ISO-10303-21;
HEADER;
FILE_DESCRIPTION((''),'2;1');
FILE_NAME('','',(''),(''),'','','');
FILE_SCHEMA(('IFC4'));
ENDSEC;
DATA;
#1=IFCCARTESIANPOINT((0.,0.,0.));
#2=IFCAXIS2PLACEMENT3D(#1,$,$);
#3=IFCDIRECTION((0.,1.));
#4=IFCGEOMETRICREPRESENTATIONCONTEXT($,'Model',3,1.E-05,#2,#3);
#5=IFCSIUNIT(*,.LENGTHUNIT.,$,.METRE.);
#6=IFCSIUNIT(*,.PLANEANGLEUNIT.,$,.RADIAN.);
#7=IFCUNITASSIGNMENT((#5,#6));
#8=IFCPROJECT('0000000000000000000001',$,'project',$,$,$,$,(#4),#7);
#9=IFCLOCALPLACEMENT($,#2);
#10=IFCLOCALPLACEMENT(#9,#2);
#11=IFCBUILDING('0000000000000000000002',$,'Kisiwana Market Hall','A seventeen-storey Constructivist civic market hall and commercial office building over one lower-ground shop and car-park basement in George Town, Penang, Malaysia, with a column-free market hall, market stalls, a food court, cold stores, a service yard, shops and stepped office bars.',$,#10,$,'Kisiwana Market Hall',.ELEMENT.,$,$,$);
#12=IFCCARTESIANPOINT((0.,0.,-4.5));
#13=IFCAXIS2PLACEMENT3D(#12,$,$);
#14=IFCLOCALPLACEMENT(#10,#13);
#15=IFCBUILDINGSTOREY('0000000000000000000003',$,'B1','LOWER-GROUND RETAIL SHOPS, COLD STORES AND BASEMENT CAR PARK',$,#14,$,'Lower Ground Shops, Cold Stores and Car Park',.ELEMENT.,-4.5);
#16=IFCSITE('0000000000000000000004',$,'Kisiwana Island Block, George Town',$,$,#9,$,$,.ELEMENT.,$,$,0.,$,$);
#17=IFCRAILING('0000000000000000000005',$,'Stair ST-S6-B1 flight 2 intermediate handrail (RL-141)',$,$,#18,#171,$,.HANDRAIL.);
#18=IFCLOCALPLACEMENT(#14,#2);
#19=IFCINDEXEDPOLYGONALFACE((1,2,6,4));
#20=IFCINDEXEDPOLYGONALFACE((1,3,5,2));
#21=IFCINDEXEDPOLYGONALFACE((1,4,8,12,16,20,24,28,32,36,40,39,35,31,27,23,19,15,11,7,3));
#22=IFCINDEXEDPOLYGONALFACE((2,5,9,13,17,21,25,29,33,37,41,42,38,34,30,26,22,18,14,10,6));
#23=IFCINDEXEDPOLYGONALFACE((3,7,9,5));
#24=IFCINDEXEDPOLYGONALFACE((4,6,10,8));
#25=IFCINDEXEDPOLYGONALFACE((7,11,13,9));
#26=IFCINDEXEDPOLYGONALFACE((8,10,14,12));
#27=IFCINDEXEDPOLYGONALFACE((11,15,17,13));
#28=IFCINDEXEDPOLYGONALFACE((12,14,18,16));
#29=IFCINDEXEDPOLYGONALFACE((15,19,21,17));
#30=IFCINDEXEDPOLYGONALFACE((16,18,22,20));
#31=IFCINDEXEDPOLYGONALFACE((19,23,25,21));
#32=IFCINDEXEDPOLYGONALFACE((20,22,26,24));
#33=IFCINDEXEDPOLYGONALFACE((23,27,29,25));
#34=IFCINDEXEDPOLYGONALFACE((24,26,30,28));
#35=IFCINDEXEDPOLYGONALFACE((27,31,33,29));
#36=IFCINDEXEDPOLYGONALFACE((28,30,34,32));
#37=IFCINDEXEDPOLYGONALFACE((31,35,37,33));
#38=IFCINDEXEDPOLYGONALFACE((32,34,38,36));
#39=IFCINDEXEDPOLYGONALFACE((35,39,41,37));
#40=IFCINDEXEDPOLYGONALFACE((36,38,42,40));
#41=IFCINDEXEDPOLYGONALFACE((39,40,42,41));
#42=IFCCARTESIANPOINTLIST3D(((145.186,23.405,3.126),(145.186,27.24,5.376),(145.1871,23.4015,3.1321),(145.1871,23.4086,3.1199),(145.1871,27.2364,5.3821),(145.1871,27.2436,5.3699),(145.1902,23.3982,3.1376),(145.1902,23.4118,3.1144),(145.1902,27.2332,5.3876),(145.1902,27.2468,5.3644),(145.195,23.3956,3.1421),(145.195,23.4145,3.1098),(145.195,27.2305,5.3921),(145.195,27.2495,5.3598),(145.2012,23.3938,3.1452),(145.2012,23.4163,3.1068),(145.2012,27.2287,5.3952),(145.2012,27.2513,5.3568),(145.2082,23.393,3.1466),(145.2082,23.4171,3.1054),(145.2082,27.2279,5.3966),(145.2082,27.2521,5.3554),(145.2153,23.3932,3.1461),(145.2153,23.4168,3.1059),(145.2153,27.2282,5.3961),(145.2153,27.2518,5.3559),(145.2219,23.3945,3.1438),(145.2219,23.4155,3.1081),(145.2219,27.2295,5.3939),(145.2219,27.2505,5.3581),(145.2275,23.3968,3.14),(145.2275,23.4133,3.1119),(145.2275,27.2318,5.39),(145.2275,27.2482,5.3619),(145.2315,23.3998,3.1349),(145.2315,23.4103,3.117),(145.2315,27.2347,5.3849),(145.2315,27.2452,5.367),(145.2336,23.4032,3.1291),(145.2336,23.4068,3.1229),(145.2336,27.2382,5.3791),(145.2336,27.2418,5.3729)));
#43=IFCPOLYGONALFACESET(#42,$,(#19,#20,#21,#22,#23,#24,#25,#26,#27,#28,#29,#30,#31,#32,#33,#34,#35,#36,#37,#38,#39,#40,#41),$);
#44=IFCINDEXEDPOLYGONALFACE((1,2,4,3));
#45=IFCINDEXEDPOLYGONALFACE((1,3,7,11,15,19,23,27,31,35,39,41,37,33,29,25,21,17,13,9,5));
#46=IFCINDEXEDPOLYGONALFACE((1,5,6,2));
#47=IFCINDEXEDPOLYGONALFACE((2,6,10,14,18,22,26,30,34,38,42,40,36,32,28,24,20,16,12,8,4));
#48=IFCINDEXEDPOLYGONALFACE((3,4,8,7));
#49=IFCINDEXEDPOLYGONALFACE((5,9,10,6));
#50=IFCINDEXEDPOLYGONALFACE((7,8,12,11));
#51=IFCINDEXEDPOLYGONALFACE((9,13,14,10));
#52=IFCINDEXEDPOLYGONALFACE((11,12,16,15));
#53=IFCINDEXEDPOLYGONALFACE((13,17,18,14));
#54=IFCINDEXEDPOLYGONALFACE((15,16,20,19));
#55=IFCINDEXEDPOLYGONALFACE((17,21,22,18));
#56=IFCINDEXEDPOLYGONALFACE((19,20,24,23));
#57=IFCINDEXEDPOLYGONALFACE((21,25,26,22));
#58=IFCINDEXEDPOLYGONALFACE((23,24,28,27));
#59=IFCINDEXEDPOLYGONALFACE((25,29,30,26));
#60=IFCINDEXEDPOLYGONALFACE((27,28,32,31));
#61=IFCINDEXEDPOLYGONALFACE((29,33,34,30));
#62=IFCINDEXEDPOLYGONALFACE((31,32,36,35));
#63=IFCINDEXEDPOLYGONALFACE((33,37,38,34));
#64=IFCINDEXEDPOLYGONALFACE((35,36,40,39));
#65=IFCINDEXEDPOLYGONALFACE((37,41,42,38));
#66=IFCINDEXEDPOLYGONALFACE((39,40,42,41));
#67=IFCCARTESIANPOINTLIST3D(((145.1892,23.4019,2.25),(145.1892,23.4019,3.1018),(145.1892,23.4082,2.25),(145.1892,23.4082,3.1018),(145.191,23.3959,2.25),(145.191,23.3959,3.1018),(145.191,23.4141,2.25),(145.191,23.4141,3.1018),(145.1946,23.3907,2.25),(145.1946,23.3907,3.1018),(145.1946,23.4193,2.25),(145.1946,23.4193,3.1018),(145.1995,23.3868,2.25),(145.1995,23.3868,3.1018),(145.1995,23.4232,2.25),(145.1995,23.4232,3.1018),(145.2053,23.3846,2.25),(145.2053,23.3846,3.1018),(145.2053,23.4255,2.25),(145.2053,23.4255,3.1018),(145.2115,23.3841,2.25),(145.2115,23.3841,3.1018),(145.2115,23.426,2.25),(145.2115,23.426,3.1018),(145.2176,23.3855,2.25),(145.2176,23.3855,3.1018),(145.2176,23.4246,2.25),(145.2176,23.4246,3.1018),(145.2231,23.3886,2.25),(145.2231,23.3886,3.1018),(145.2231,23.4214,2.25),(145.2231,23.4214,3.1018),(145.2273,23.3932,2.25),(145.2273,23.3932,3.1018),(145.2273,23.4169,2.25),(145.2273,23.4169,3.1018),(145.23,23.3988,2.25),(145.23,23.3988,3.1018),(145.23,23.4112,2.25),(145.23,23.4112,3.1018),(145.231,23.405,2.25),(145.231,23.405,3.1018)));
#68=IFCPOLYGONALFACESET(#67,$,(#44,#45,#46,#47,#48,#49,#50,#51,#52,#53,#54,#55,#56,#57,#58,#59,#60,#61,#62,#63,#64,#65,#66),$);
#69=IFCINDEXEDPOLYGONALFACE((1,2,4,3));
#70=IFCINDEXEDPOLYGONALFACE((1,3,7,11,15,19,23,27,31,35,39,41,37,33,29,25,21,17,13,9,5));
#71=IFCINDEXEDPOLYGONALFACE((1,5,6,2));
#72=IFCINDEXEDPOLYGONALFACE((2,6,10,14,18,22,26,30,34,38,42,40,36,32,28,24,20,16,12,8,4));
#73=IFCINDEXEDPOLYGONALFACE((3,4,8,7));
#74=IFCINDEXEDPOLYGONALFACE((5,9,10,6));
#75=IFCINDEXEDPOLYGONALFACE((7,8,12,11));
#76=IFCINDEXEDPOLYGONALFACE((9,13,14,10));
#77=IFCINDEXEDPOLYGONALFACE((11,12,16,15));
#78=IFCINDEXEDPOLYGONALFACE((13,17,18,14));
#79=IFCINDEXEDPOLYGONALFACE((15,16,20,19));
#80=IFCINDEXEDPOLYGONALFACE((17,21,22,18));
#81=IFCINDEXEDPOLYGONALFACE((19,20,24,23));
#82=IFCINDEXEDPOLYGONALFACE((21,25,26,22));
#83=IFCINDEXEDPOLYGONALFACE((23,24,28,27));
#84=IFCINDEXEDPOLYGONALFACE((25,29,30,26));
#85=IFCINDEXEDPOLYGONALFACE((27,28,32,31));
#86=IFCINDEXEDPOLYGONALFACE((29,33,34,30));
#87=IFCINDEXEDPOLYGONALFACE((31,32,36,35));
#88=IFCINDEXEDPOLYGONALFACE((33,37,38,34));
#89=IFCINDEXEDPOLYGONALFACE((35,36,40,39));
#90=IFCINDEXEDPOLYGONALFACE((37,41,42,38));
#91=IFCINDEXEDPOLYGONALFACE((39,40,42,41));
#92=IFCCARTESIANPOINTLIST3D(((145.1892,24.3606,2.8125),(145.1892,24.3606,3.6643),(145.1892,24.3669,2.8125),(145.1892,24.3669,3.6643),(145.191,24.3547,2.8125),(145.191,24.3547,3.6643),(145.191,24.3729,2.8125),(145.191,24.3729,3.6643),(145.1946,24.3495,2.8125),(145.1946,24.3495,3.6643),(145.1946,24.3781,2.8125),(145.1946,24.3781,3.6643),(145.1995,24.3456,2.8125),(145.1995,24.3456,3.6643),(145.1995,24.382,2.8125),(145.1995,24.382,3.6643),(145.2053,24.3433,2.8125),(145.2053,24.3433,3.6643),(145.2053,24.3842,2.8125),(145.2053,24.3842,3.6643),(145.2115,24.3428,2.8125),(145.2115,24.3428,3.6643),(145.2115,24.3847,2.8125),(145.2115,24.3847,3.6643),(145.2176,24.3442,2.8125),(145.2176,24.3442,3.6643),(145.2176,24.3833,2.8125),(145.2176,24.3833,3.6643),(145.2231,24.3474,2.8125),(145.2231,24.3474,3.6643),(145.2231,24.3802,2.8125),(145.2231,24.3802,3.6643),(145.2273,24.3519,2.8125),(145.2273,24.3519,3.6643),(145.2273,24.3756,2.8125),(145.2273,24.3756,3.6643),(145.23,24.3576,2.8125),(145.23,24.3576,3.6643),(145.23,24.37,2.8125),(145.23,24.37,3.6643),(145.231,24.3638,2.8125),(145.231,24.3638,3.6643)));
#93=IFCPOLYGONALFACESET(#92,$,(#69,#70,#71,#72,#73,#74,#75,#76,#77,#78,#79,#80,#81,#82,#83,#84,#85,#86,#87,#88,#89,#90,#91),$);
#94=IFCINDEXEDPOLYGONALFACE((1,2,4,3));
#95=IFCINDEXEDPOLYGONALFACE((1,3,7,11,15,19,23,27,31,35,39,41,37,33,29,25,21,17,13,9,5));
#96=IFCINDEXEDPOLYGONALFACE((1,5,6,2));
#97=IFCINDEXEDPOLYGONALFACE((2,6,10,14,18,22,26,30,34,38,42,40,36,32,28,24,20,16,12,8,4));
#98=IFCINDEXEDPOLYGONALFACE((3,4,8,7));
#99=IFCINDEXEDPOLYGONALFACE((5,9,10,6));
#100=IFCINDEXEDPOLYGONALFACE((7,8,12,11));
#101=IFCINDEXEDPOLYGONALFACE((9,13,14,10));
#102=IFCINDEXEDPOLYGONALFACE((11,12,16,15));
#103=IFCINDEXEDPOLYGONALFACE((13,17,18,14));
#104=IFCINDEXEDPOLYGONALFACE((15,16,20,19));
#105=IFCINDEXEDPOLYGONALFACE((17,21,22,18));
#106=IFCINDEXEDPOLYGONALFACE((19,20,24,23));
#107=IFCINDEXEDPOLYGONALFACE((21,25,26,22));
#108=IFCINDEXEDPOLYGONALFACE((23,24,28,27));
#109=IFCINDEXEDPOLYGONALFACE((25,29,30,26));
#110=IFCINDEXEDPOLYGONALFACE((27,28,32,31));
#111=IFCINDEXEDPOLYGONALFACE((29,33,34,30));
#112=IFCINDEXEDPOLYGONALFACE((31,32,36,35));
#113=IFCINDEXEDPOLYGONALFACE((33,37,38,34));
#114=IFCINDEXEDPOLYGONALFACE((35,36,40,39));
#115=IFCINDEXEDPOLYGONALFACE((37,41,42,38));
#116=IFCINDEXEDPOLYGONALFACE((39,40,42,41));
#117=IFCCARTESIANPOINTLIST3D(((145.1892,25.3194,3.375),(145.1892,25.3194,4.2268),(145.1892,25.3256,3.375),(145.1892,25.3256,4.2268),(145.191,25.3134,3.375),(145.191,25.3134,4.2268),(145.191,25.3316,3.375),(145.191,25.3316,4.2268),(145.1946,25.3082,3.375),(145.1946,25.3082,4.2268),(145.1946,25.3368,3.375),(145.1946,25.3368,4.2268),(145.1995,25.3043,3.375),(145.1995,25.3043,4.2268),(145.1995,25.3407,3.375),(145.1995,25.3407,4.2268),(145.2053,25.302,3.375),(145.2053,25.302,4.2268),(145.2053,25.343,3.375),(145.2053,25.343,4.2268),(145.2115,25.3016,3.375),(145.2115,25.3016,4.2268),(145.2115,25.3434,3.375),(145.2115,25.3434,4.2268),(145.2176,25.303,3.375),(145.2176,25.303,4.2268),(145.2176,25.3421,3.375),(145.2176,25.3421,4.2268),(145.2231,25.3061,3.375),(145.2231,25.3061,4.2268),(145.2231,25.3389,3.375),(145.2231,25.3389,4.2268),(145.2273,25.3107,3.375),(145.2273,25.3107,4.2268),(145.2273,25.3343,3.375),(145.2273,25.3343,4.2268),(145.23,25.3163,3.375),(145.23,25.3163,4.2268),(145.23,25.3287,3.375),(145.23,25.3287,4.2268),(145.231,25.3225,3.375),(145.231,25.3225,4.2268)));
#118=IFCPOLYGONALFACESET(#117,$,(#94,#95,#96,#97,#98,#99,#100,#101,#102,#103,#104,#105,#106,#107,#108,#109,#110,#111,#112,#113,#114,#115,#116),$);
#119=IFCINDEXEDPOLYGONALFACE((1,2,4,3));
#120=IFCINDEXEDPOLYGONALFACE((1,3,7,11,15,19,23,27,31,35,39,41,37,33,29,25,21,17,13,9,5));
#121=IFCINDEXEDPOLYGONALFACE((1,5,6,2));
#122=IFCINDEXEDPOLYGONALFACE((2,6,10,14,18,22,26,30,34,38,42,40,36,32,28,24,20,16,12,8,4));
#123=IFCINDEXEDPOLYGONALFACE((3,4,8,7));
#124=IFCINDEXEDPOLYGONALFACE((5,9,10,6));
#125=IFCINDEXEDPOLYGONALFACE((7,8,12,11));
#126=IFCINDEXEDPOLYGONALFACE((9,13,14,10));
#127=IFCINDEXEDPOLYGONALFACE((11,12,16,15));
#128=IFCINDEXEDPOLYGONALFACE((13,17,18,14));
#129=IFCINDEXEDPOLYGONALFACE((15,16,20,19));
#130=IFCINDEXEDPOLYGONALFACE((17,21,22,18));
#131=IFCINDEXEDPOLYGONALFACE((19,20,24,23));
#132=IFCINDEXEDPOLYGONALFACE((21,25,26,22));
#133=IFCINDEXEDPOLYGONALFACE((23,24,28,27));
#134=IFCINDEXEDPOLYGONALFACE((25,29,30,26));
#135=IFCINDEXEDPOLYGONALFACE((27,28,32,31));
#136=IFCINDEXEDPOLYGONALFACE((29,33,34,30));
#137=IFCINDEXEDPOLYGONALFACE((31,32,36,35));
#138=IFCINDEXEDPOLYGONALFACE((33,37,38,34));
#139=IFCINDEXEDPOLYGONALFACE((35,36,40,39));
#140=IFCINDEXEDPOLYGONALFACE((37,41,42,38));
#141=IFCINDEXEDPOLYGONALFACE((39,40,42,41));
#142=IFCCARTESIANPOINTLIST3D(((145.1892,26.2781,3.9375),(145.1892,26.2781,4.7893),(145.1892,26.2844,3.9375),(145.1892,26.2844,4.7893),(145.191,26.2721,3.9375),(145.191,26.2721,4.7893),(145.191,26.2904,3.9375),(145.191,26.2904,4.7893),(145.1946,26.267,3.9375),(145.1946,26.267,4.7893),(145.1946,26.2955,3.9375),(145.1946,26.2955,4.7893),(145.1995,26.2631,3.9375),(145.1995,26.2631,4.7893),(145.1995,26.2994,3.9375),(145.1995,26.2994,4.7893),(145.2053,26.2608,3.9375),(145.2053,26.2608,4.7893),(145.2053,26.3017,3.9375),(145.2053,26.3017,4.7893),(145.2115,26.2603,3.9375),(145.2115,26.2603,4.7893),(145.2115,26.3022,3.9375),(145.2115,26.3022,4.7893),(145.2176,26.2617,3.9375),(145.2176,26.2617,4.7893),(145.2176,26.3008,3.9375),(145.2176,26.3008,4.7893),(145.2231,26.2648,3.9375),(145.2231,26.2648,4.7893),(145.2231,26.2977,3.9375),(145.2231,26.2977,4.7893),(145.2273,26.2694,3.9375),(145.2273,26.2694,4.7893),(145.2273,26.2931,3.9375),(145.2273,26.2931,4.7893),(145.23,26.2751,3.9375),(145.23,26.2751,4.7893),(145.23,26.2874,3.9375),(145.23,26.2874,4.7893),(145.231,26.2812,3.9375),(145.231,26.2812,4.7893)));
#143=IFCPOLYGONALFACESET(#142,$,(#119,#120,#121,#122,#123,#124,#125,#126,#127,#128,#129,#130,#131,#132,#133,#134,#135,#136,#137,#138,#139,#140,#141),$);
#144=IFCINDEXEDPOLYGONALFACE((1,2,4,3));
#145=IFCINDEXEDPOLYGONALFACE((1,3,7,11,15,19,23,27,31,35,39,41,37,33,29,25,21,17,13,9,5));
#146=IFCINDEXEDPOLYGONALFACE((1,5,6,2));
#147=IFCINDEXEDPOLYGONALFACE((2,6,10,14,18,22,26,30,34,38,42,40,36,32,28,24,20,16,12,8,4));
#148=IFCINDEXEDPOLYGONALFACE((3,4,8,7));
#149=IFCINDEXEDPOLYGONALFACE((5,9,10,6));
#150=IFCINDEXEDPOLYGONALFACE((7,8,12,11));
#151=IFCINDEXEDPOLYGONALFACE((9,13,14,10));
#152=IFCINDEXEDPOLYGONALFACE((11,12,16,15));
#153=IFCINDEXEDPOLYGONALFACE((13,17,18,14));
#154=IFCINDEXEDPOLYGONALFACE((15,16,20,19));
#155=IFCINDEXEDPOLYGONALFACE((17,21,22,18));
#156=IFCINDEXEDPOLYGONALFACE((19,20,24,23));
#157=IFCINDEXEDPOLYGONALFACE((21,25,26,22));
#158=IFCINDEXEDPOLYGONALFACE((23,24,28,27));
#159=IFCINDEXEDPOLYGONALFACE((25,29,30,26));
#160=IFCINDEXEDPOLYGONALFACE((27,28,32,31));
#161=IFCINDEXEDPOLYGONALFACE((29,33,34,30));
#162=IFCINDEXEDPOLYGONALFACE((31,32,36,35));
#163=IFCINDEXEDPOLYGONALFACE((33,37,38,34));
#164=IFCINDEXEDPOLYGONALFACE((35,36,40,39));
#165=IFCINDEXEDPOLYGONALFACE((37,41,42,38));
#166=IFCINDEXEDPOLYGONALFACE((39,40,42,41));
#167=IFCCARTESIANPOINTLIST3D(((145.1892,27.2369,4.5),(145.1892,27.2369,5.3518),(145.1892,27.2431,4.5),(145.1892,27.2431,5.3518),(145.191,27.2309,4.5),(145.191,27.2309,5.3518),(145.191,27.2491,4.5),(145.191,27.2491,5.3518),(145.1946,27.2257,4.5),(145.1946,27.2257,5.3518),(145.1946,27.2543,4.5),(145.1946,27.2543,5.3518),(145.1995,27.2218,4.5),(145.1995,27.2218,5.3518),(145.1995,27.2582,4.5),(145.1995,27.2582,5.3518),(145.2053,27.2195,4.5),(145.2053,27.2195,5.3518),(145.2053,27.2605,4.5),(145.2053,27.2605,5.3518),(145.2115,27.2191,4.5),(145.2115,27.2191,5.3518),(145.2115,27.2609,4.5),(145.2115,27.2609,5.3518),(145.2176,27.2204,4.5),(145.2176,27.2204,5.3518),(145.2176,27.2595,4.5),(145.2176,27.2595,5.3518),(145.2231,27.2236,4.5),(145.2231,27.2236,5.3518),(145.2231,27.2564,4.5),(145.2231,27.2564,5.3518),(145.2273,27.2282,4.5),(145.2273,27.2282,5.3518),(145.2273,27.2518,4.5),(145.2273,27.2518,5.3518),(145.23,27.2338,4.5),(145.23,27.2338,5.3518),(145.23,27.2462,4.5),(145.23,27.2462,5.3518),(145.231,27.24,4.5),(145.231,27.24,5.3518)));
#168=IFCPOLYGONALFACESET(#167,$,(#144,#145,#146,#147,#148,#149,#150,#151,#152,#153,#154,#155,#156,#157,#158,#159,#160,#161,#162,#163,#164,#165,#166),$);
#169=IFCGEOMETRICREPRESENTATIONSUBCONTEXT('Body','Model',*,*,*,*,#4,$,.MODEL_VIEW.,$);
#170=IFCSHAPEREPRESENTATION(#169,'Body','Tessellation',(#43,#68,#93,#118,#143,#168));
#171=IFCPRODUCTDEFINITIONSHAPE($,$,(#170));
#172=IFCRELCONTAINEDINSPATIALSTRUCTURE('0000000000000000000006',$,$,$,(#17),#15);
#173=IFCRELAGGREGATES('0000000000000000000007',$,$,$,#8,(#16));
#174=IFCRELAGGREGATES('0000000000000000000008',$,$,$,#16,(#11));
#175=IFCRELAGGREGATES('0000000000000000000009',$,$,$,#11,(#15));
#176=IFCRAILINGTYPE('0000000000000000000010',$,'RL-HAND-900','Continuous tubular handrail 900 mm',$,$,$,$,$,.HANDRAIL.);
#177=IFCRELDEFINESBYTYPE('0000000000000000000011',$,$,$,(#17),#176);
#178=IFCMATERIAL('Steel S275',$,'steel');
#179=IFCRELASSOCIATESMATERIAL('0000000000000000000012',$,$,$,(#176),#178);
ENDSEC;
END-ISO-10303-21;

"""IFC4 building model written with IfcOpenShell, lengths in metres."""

from ifc_helpers import new_model, si_unit, direction, frame, origin, origin_2d, place, context, subcontext, project, spatial, circle, extrude, material, type_object, element, save


model = new_model("IFC4")

# Units and contexts
model_context = context("Model", 3, precision=1e-05, world=origin(), true_north=direction((0.0, 1.0)))
body_context = subcontext(model_context, "Body", "Model", "MODEL_VIEW")
ifc_project = project(units=[si_unit("LENGTHUNIT", "METRE"), si_unit("PLANEANGLEUNIT", "RADIAN")], contexts=[model_context])

# Site, building, storey
site_placement = place(None, origin())
site = spatial("IfcSite", under=ifc_project, at=site_placement, Name="Kisiwana Island Block, George Town", CompositionType="ELEMENT", RefElevation=0.0)
building_placement = place(site_placement, origin())
building = spatial("IfcBuilding", under=site, at=building_placement, Name="Kisiwana Market Hall", Description="A seventeen-storey Constructivist civic market hall and commercial office building over one lower-ground shop and car-park basement in George Town, Penang, Malaysia, with a column-free market hall, market stalls, a food court, cold stores, a service yard, shops and stepped office bars.", LongName="Kisiwana Market Hall", CompositionType="ELEMENT")
storey_placement = place(building_placement, frame((0.0, 0.0, -4.5)))
storey = spatial("IfcBuildingStorey", under=building, at=storey_placement, Name="B1", Description="LOWER-GROUND RETAIL SHOPS, COLD STORES AND BASEMENT CAR PARK", LongName="Lower Ground Shops, Cold Stores and Car Park", CompositionType="ELEMENT", Elevation=-4.5)

# Railing
ifc_material_1 = material(Name="Steel S275", Category="steel")
railing_type_1 = type_object("IfcRailingType", Name="RL-HAND-900", Description="Continuous tubular handrail 900 mm", PredefinedType="HANDRAIL", material=ifc_material_1)
railing_1_placement = place(storey_placement, frame((145.21, 23.405, 2.25)))
element("IfcRailing", 1, at=railing_1_placement, inside=storey, type_object=railing_type_1, Name="Stair ST-S6-B1 flight 2 intermediate handrail (RL-141)", PredefinedType="HANDRAIL", context=body_context, shape_type="SweptSolid", body=[
    extrude(circle(Radius=0.0239, at=origin_2d()), frame((0.0, 0.0, 0.876), z_axis=(0.0, 0.86251, 0.506041), x_axis=(-1.0, 0.0, 0.0)), (0.0, 0.0, 1.0), 4.4463),
    extrude(circle(Radius=0.021, at=origin_2d()), origin(), (0.0, 0.0, 1.0), 0.8518),
    extrude(circle(Radius=0.021, at=origin_2d()), frame((0.0, 0.9587, 0.5625)), (0.0, 0.0, 1.0), 0.8518),
    extrude(circle(Radius=0.021, at=origin_2d()), frame((0.0, 1.9175, 1.125)), (0.0, 0.0, 1.0), 0.8518),
    extrude(circle(Radius=0.021, at=origin_2d()), frame((0.0, 2.8762, 1.6875)), (0.0, 0.0, 1.0), 0.8518),
    extrude(circle(Radius=0.021, at=origin_2d()), frame((0.0, 3.835, 2.25)), (0.0, 0.0, 1.0), 0.8518),
])

save(model, "model.ifc")
